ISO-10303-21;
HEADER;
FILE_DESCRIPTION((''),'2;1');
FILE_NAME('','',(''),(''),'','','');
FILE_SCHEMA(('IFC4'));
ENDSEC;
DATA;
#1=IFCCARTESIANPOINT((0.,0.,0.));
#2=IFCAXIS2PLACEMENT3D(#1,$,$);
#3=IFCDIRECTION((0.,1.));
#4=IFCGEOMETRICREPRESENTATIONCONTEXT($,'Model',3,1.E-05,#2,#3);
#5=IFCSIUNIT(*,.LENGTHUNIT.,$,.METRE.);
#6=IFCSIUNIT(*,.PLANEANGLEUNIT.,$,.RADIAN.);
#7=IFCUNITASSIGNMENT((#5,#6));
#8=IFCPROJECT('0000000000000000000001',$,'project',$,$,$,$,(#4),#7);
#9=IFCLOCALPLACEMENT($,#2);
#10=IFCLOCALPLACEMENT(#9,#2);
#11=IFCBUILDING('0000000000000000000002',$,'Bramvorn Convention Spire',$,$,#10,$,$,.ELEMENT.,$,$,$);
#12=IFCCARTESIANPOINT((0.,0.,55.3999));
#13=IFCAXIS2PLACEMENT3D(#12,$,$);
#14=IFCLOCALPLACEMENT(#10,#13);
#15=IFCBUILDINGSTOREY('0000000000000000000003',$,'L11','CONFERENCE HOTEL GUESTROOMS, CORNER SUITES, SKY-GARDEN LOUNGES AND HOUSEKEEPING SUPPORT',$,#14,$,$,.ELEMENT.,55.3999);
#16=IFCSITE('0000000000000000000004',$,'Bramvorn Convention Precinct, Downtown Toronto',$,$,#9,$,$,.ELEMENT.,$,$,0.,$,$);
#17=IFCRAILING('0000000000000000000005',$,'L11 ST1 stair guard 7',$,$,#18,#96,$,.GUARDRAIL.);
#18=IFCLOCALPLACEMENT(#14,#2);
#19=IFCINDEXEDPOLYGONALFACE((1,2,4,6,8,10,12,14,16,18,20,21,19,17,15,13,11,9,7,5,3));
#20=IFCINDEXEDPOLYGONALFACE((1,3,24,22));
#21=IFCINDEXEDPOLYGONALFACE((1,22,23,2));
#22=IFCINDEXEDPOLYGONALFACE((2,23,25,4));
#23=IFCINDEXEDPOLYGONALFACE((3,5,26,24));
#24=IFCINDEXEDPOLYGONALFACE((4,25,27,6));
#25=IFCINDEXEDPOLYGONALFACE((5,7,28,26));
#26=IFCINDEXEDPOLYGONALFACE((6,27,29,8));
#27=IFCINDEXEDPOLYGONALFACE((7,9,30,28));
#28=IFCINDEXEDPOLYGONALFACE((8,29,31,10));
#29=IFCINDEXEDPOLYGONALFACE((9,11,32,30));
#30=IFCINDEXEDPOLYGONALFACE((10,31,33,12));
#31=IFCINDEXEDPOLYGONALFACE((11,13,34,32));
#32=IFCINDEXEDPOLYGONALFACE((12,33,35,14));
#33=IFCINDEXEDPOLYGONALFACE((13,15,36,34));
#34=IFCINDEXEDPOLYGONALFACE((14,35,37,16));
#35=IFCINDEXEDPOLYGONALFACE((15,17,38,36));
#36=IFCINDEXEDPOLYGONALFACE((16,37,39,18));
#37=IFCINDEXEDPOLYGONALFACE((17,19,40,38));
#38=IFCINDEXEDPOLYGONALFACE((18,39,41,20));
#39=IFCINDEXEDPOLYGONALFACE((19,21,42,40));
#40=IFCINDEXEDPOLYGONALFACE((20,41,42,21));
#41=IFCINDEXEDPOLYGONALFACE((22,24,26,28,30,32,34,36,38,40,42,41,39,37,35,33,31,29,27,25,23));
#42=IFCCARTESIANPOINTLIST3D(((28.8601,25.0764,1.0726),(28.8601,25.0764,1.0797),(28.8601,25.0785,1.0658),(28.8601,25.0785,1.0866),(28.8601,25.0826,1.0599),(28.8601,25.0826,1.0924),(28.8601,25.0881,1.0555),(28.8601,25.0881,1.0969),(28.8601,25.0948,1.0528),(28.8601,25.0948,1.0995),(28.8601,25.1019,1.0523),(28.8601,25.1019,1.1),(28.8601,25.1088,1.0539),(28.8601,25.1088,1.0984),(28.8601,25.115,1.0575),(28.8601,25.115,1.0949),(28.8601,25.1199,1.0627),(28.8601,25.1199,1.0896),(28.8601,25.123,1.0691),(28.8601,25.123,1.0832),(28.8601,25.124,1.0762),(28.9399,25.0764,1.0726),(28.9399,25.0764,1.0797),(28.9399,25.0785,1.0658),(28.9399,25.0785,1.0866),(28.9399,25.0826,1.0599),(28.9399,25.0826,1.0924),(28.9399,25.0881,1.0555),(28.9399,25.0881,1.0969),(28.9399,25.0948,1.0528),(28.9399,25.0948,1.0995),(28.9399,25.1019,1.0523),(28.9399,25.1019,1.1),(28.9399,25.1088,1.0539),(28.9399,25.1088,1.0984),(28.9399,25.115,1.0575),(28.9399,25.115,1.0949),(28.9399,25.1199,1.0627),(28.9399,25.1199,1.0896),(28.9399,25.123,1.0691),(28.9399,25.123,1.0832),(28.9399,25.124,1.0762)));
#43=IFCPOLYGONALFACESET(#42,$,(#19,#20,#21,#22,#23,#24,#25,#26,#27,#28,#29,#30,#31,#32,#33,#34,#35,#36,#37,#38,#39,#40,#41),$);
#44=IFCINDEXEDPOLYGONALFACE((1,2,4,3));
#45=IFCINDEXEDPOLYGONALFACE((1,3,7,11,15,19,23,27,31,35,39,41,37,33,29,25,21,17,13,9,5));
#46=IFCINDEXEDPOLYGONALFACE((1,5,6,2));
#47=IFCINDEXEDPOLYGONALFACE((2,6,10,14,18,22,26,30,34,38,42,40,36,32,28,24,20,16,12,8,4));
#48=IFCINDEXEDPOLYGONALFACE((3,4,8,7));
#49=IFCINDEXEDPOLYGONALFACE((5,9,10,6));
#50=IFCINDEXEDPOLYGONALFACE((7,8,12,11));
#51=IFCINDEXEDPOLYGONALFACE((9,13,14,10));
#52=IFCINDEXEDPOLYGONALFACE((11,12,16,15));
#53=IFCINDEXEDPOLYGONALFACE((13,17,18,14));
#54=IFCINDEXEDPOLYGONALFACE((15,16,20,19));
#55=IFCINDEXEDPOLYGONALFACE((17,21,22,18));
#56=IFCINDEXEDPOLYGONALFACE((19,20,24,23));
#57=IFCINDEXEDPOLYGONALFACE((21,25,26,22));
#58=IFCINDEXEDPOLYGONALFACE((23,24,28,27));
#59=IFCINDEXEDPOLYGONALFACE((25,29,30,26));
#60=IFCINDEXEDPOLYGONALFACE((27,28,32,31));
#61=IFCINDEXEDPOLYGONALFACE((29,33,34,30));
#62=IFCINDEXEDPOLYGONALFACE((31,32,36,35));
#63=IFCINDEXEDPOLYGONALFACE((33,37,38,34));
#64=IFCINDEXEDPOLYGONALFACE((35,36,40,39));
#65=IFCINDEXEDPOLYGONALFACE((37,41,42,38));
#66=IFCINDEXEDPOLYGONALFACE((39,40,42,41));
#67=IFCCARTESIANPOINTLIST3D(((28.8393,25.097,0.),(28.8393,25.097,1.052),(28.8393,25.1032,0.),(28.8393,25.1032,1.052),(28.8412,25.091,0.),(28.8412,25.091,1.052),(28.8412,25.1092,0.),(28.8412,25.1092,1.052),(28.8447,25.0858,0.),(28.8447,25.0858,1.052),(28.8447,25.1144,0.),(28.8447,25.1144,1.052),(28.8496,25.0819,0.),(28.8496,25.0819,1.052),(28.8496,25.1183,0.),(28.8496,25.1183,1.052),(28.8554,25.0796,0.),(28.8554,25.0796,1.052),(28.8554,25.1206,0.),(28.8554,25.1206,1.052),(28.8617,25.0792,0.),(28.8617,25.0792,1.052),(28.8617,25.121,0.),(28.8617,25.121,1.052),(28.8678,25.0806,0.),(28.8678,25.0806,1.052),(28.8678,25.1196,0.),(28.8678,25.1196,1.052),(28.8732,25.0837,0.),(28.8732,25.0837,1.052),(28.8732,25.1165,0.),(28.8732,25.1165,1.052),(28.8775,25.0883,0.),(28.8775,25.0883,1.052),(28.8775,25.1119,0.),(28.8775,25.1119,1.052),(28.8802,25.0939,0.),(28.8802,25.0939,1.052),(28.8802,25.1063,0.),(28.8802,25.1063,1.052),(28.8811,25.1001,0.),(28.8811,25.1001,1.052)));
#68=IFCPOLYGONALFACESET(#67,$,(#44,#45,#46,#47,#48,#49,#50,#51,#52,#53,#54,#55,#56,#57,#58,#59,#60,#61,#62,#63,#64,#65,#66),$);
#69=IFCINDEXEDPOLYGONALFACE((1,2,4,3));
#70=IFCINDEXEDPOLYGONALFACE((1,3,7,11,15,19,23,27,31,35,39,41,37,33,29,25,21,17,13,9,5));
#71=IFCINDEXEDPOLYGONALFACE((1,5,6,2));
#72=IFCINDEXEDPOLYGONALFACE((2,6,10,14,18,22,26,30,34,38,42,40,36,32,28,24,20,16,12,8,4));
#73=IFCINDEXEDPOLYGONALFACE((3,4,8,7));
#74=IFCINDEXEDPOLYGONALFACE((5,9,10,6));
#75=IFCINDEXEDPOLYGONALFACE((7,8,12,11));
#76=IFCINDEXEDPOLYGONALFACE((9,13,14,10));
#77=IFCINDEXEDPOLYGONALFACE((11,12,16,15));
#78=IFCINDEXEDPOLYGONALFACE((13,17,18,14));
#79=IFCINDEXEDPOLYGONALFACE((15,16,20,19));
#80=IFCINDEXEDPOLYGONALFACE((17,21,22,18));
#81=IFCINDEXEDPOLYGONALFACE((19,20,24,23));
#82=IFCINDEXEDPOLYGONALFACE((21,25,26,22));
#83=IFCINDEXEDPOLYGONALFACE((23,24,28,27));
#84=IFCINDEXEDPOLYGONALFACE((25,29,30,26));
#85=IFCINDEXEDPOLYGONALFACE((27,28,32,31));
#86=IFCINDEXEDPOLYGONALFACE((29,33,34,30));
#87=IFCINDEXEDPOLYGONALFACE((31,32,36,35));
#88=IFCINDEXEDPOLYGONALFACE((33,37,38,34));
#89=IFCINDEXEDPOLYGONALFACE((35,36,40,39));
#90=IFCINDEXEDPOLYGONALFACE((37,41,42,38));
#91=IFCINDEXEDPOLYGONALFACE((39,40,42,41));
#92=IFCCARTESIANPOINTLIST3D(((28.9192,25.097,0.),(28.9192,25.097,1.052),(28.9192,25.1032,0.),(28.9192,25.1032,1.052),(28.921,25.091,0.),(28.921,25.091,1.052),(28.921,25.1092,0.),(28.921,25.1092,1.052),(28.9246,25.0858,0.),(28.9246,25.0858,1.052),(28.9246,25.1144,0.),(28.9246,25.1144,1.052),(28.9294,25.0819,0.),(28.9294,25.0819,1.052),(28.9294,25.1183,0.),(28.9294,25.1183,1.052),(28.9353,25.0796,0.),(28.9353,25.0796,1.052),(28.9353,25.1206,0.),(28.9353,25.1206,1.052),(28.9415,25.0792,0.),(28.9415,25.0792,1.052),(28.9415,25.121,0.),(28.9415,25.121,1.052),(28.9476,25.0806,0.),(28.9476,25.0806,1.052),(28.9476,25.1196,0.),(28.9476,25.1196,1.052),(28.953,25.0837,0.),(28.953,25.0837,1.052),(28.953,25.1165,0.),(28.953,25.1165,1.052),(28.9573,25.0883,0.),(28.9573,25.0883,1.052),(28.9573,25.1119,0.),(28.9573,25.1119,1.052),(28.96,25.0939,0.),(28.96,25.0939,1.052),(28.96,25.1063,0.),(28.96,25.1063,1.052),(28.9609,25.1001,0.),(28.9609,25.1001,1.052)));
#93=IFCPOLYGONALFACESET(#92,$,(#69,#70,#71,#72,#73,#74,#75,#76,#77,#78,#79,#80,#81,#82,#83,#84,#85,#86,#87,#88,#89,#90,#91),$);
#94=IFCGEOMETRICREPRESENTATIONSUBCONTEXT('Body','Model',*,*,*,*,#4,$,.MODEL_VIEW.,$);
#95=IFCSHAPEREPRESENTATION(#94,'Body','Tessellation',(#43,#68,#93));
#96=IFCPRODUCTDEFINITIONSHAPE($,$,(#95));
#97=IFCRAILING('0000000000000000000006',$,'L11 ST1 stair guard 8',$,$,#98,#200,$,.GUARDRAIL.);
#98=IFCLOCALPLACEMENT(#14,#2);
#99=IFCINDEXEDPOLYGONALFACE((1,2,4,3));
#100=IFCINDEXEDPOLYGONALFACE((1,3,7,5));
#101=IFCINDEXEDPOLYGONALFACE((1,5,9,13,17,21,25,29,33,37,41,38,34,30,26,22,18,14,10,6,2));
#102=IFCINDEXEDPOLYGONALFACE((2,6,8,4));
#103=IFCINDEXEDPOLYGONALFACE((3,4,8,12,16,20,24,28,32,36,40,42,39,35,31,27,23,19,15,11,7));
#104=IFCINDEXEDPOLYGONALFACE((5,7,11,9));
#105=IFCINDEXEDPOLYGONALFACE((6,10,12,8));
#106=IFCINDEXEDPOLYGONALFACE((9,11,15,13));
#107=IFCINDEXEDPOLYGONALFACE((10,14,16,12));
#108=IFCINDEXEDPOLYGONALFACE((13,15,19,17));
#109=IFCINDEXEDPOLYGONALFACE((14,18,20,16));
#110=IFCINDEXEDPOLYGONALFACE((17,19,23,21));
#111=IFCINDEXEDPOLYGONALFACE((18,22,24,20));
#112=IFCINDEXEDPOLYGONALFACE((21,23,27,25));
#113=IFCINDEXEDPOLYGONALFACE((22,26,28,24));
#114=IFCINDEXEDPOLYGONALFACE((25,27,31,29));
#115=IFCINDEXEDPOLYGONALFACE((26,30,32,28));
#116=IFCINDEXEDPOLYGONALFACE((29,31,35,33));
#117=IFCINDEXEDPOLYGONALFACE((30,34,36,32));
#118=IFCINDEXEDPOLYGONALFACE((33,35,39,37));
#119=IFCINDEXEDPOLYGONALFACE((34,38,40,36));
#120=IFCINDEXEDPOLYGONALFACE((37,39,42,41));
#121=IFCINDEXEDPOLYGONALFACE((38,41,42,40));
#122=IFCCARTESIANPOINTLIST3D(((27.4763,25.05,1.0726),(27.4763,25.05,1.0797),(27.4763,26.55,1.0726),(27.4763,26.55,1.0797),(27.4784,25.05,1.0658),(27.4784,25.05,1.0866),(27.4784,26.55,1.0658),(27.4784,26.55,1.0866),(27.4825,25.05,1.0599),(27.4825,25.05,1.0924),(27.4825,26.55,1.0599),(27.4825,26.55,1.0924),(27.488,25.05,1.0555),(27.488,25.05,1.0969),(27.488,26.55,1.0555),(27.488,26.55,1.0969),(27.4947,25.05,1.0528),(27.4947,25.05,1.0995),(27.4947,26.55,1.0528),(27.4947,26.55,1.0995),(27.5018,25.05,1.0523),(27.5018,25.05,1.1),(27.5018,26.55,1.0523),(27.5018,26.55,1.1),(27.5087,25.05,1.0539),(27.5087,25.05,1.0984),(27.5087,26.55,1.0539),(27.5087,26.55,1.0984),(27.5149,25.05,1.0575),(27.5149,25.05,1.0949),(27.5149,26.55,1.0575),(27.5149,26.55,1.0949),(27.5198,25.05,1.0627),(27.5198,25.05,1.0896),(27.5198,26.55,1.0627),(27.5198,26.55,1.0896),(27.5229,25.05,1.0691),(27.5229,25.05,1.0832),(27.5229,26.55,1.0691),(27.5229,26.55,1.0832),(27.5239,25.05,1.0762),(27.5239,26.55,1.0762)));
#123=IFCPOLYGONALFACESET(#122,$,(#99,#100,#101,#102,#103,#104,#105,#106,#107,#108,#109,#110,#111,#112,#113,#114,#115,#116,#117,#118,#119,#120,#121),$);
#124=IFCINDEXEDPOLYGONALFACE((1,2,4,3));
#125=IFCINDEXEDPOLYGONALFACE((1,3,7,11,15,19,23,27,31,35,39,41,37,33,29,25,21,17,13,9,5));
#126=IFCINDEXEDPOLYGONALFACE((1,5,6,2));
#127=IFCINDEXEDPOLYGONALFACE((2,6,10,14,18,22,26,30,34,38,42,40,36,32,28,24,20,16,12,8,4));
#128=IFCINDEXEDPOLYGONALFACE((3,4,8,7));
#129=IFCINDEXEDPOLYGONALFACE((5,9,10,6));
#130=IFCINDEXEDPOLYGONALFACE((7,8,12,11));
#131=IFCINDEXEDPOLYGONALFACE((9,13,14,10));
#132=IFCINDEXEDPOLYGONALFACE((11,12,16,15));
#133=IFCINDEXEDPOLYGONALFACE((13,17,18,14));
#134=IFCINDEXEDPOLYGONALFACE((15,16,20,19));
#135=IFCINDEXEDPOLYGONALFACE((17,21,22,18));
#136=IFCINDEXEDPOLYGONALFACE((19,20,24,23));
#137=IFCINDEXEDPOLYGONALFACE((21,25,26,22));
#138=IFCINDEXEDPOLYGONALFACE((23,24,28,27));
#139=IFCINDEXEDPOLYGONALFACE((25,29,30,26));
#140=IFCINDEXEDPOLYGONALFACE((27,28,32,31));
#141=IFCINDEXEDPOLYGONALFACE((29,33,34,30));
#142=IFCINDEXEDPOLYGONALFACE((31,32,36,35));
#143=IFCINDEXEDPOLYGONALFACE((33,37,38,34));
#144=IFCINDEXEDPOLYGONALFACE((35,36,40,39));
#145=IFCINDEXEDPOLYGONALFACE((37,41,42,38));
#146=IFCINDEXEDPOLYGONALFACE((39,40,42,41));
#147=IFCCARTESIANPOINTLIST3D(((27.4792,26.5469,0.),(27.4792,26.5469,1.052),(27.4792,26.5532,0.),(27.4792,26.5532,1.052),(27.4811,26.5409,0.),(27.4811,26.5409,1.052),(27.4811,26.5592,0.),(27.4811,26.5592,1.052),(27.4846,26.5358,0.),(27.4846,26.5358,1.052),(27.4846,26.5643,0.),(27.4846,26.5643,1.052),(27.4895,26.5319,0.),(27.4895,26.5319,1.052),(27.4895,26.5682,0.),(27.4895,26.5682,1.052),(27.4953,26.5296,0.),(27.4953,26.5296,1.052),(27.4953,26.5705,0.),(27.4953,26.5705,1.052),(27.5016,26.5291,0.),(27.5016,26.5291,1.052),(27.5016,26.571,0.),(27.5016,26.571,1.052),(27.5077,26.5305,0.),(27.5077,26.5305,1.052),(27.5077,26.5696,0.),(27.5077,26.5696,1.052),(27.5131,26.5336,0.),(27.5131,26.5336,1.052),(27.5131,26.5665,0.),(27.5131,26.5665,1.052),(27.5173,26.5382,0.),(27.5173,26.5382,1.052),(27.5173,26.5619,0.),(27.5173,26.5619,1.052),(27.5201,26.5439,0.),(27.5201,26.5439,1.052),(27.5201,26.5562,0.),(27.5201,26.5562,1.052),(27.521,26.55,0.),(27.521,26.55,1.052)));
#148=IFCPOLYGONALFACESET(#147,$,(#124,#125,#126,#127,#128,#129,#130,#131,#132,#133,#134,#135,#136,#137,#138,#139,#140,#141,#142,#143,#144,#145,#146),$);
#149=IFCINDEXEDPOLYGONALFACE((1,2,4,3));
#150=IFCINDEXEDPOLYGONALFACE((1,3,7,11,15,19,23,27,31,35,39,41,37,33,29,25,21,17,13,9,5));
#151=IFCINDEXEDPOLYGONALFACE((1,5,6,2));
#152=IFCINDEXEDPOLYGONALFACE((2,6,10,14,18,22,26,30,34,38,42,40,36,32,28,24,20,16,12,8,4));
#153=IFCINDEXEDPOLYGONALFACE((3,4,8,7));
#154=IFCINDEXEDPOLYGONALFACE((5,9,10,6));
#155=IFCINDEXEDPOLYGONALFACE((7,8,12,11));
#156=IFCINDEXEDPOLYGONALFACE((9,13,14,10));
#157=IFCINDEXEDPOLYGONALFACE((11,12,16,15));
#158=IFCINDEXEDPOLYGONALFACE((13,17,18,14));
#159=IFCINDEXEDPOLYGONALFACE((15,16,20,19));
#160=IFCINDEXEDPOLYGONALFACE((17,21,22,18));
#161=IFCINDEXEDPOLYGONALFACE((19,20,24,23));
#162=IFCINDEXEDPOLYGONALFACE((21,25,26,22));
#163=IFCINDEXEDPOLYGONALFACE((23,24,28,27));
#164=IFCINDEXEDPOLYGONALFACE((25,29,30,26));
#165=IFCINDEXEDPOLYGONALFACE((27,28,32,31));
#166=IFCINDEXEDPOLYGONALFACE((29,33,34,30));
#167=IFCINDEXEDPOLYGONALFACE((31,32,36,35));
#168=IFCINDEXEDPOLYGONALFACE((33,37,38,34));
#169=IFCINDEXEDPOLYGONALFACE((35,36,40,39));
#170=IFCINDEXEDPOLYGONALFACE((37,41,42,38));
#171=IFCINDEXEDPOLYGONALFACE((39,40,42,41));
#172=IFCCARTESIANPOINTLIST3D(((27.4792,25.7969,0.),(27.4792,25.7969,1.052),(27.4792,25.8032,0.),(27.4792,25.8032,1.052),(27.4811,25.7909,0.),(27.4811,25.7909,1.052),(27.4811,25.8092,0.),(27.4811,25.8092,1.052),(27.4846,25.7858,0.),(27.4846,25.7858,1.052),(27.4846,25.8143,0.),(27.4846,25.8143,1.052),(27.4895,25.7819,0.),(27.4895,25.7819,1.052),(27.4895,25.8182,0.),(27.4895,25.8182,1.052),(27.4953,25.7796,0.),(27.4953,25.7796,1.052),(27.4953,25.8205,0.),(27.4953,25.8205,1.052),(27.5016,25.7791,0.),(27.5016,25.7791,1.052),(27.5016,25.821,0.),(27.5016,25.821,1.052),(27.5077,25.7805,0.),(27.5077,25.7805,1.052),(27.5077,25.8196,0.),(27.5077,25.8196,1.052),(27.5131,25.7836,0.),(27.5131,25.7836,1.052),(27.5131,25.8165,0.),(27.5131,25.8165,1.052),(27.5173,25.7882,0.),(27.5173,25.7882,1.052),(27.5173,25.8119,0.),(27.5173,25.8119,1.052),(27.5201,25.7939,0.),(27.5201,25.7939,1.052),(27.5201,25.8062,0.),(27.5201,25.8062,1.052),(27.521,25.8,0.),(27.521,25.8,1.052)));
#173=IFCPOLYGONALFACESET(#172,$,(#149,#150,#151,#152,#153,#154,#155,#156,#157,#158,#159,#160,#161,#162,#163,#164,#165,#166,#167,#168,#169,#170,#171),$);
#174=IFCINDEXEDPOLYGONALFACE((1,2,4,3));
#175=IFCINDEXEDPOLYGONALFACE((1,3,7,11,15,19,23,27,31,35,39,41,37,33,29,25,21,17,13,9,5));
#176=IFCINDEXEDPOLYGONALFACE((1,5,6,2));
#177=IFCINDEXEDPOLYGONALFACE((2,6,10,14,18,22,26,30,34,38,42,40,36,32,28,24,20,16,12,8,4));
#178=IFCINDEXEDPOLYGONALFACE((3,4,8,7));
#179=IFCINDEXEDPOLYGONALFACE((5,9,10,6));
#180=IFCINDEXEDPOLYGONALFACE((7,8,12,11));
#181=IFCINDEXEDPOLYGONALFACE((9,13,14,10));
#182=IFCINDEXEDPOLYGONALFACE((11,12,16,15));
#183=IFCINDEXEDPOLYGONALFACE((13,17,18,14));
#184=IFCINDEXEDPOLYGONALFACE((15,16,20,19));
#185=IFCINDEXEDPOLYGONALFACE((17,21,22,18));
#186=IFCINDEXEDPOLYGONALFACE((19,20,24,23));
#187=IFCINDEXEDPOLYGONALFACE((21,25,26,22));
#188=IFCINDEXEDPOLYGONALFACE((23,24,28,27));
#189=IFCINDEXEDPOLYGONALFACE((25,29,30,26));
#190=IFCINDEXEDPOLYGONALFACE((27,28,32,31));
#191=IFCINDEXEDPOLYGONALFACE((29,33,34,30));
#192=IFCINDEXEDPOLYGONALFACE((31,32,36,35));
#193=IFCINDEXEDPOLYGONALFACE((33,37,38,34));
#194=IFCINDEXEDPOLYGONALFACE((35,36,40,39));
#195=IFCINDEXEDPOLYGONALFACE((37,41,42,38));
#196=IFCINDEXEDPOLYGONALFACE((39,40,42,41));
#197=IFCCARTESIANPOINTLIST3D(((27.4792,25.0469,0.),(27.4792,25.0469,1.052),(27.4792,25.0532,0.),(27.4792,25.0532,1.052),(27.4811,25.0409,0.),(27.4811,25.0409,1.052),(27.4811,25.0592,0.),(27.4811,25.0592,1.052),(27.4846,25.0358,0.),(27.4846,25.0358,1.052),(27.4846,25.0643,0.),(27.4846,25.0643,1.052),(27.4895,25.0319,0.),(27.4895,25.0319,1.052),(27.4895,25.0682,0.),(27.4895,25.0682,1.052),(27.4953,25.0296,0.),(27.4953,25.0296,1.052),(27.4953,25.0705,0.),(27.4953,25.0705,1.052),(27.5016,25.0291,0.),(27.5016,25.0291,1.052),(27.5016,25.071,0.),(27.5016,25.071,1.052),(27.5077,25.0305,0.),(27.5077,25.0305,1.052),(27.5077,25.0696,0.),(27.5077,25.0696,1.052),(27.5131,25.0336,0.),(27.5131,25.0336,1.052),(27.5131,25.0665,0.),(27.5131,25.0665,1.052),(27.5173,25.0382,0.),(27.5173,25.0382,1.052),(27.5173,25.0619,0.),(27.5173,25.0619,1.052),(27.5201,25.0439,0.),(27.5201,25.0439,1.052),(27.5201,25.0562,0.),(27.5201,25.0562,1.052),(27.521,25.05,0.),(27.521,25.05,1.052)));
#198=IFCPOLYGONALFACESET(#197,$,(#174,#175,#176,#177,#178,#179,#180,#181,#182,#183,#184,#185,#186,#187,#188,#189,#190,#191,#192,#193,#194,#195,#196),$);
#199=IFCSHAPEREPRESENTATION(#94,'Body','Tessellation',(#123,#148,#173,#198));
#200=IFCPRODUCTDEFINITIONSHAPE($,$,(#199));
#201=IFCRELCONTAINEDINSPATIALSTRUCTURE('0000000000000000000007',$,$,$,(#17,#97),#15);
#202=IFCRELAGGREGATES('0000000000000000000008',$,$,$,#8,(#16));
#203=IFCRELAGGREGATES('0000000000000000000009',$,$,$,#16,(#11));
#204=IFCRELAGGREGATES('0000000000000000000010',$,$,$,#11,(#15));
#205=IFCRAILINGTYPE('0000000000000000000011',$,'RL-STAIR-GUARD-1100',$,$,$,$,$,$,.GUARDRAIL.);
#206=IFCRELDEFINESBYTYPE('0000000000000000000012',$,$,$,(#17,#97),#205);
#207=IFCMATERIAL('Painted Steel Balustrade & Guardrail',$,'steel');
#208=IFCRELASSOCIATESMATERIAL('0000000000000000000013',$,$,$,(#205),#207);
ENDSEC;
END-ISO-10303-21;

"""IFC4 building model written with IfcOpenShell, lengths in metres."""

from ifc_helpers import new_model, si_unit, direction, frame, origin, origin_2d, place, context, subcontext, project, spatial, circle, extrude, material, type_object, element, save


model = new_model("IFC4")

# Units and contexts
model_context = context("Model", 3, precision=1e-05, world=origin(), true_north=direction((0.0, 1.0)))
body_context = subcontext(model_context, "Body", "Model", "MODEL_VIEW")
ifc_project = project(units=[si_unit("LENGTHUNIT", "METRE"), si_unit("PLANEANGLEUNIT", "RADIAN")], contexts=[model_context])

# Site, building, storey
site_placement = place(None, origin())
site = spatial("IfcSite", under=ifc_project, at=site_placement, Name="Bramvorn Convention Precinct, Downtown Toronto", CompositionType="ELEMENT", RefElevation=0.0)
building_placement = place(site_placement, origin())
building = spatial("IfcBuilding", under=site, at=building_placement, Name="Bramvorn Convention Spire", CompositionType="ELEMENT")
storey_placement = place(building_placement, frame((0.0, 0.0, 55.3999)))
storey = spatial("IfcBuildingStorey", under=building, at=storey_placement, Name="L11", Description="CONFERENCE HOTEL GUESTROOMS, CORNER SUITES, SKY-GARDEN LOUNGES AND HOUSEKEEPING SUPPORT", CompositionType="ELEMENT", Elevation=55.3999)

# Railings
ifc_material_1 = material(Name="Painted Steel Balustrade & Guardrail", Category="steel")
railing_type = type_object("IfcRailingType", Name="RL-STAIR-GUARD-1100", PredefinedType="GUARDRAIL", material=ifc_material_1)
railing_1_placement = place(storey_placement, frame((28.8601, 25.1001, 0.0)))
element("IfcRailing", 1, at=railing_1_placement, inside=storey, type_object=railing_type, Name="L11 ST1 stair guard 7", PredefinedType="GUARDRAIL", context=body_context, shape_type="SweptSolid", body=[
    extrude(circle(Radius=0.0239, at=origin_2d()), frame((0.0, 0.0, 1.0762), z_axis=(1.0, 0.0, 0.0), x_axis=(0.0, 1.0, 0.0)), (0.0, 0.0, 1.0), 0.0798),
    extrude(circle(Radius=0.021, at=origin_2d()), origin(), (0.0, 0.0, 1.0), 1.052),
    extrude(circle(Radius=0.021, at=origin_2d()), frame((0.0798, 0.0, 0.0)), (0.0, 0.0, 1.0), 1.052),
])
for number, where, name in (
    (2, (27.5, 26.55, 0.0), "L11 ST1 stair guard 8"),
):
    element("IfcRailing", number, at=place(storey_placement, frame(where)), inside=storey, type_object=railing_type, Name=name, PredefinedType="GUARDRAIL", context=body_context, shape_type="SweptSolid", body=[
        extrude(circle(Radius=0.0239, at=origin_2d()), frame((0.0, 0.0, 1.0762), z_axis=(0.0, -1.0, 0.0), x_axis=(1.0, 0.0, 0.0)), (0.0, 0.0, 1.0), 1.5),
        extrude(circle(Radius=0.021, at=origin_2d()), origin(), (0.0, 0.0, 1.0), 1.052),
        extrude(circle(Radius=0.021, at=origin_2d()), frame((0.0, -0.75, 0.0)), (0.0, 0.0, 1.0), 1.052),
        extrude(circle(Radius=0.021, at=origin_2d()), frame((0.0, -1.5, 0.0)), (0.0, 0.0, 1.0), 1.052),
    ])

save(model, "model.ifc")
